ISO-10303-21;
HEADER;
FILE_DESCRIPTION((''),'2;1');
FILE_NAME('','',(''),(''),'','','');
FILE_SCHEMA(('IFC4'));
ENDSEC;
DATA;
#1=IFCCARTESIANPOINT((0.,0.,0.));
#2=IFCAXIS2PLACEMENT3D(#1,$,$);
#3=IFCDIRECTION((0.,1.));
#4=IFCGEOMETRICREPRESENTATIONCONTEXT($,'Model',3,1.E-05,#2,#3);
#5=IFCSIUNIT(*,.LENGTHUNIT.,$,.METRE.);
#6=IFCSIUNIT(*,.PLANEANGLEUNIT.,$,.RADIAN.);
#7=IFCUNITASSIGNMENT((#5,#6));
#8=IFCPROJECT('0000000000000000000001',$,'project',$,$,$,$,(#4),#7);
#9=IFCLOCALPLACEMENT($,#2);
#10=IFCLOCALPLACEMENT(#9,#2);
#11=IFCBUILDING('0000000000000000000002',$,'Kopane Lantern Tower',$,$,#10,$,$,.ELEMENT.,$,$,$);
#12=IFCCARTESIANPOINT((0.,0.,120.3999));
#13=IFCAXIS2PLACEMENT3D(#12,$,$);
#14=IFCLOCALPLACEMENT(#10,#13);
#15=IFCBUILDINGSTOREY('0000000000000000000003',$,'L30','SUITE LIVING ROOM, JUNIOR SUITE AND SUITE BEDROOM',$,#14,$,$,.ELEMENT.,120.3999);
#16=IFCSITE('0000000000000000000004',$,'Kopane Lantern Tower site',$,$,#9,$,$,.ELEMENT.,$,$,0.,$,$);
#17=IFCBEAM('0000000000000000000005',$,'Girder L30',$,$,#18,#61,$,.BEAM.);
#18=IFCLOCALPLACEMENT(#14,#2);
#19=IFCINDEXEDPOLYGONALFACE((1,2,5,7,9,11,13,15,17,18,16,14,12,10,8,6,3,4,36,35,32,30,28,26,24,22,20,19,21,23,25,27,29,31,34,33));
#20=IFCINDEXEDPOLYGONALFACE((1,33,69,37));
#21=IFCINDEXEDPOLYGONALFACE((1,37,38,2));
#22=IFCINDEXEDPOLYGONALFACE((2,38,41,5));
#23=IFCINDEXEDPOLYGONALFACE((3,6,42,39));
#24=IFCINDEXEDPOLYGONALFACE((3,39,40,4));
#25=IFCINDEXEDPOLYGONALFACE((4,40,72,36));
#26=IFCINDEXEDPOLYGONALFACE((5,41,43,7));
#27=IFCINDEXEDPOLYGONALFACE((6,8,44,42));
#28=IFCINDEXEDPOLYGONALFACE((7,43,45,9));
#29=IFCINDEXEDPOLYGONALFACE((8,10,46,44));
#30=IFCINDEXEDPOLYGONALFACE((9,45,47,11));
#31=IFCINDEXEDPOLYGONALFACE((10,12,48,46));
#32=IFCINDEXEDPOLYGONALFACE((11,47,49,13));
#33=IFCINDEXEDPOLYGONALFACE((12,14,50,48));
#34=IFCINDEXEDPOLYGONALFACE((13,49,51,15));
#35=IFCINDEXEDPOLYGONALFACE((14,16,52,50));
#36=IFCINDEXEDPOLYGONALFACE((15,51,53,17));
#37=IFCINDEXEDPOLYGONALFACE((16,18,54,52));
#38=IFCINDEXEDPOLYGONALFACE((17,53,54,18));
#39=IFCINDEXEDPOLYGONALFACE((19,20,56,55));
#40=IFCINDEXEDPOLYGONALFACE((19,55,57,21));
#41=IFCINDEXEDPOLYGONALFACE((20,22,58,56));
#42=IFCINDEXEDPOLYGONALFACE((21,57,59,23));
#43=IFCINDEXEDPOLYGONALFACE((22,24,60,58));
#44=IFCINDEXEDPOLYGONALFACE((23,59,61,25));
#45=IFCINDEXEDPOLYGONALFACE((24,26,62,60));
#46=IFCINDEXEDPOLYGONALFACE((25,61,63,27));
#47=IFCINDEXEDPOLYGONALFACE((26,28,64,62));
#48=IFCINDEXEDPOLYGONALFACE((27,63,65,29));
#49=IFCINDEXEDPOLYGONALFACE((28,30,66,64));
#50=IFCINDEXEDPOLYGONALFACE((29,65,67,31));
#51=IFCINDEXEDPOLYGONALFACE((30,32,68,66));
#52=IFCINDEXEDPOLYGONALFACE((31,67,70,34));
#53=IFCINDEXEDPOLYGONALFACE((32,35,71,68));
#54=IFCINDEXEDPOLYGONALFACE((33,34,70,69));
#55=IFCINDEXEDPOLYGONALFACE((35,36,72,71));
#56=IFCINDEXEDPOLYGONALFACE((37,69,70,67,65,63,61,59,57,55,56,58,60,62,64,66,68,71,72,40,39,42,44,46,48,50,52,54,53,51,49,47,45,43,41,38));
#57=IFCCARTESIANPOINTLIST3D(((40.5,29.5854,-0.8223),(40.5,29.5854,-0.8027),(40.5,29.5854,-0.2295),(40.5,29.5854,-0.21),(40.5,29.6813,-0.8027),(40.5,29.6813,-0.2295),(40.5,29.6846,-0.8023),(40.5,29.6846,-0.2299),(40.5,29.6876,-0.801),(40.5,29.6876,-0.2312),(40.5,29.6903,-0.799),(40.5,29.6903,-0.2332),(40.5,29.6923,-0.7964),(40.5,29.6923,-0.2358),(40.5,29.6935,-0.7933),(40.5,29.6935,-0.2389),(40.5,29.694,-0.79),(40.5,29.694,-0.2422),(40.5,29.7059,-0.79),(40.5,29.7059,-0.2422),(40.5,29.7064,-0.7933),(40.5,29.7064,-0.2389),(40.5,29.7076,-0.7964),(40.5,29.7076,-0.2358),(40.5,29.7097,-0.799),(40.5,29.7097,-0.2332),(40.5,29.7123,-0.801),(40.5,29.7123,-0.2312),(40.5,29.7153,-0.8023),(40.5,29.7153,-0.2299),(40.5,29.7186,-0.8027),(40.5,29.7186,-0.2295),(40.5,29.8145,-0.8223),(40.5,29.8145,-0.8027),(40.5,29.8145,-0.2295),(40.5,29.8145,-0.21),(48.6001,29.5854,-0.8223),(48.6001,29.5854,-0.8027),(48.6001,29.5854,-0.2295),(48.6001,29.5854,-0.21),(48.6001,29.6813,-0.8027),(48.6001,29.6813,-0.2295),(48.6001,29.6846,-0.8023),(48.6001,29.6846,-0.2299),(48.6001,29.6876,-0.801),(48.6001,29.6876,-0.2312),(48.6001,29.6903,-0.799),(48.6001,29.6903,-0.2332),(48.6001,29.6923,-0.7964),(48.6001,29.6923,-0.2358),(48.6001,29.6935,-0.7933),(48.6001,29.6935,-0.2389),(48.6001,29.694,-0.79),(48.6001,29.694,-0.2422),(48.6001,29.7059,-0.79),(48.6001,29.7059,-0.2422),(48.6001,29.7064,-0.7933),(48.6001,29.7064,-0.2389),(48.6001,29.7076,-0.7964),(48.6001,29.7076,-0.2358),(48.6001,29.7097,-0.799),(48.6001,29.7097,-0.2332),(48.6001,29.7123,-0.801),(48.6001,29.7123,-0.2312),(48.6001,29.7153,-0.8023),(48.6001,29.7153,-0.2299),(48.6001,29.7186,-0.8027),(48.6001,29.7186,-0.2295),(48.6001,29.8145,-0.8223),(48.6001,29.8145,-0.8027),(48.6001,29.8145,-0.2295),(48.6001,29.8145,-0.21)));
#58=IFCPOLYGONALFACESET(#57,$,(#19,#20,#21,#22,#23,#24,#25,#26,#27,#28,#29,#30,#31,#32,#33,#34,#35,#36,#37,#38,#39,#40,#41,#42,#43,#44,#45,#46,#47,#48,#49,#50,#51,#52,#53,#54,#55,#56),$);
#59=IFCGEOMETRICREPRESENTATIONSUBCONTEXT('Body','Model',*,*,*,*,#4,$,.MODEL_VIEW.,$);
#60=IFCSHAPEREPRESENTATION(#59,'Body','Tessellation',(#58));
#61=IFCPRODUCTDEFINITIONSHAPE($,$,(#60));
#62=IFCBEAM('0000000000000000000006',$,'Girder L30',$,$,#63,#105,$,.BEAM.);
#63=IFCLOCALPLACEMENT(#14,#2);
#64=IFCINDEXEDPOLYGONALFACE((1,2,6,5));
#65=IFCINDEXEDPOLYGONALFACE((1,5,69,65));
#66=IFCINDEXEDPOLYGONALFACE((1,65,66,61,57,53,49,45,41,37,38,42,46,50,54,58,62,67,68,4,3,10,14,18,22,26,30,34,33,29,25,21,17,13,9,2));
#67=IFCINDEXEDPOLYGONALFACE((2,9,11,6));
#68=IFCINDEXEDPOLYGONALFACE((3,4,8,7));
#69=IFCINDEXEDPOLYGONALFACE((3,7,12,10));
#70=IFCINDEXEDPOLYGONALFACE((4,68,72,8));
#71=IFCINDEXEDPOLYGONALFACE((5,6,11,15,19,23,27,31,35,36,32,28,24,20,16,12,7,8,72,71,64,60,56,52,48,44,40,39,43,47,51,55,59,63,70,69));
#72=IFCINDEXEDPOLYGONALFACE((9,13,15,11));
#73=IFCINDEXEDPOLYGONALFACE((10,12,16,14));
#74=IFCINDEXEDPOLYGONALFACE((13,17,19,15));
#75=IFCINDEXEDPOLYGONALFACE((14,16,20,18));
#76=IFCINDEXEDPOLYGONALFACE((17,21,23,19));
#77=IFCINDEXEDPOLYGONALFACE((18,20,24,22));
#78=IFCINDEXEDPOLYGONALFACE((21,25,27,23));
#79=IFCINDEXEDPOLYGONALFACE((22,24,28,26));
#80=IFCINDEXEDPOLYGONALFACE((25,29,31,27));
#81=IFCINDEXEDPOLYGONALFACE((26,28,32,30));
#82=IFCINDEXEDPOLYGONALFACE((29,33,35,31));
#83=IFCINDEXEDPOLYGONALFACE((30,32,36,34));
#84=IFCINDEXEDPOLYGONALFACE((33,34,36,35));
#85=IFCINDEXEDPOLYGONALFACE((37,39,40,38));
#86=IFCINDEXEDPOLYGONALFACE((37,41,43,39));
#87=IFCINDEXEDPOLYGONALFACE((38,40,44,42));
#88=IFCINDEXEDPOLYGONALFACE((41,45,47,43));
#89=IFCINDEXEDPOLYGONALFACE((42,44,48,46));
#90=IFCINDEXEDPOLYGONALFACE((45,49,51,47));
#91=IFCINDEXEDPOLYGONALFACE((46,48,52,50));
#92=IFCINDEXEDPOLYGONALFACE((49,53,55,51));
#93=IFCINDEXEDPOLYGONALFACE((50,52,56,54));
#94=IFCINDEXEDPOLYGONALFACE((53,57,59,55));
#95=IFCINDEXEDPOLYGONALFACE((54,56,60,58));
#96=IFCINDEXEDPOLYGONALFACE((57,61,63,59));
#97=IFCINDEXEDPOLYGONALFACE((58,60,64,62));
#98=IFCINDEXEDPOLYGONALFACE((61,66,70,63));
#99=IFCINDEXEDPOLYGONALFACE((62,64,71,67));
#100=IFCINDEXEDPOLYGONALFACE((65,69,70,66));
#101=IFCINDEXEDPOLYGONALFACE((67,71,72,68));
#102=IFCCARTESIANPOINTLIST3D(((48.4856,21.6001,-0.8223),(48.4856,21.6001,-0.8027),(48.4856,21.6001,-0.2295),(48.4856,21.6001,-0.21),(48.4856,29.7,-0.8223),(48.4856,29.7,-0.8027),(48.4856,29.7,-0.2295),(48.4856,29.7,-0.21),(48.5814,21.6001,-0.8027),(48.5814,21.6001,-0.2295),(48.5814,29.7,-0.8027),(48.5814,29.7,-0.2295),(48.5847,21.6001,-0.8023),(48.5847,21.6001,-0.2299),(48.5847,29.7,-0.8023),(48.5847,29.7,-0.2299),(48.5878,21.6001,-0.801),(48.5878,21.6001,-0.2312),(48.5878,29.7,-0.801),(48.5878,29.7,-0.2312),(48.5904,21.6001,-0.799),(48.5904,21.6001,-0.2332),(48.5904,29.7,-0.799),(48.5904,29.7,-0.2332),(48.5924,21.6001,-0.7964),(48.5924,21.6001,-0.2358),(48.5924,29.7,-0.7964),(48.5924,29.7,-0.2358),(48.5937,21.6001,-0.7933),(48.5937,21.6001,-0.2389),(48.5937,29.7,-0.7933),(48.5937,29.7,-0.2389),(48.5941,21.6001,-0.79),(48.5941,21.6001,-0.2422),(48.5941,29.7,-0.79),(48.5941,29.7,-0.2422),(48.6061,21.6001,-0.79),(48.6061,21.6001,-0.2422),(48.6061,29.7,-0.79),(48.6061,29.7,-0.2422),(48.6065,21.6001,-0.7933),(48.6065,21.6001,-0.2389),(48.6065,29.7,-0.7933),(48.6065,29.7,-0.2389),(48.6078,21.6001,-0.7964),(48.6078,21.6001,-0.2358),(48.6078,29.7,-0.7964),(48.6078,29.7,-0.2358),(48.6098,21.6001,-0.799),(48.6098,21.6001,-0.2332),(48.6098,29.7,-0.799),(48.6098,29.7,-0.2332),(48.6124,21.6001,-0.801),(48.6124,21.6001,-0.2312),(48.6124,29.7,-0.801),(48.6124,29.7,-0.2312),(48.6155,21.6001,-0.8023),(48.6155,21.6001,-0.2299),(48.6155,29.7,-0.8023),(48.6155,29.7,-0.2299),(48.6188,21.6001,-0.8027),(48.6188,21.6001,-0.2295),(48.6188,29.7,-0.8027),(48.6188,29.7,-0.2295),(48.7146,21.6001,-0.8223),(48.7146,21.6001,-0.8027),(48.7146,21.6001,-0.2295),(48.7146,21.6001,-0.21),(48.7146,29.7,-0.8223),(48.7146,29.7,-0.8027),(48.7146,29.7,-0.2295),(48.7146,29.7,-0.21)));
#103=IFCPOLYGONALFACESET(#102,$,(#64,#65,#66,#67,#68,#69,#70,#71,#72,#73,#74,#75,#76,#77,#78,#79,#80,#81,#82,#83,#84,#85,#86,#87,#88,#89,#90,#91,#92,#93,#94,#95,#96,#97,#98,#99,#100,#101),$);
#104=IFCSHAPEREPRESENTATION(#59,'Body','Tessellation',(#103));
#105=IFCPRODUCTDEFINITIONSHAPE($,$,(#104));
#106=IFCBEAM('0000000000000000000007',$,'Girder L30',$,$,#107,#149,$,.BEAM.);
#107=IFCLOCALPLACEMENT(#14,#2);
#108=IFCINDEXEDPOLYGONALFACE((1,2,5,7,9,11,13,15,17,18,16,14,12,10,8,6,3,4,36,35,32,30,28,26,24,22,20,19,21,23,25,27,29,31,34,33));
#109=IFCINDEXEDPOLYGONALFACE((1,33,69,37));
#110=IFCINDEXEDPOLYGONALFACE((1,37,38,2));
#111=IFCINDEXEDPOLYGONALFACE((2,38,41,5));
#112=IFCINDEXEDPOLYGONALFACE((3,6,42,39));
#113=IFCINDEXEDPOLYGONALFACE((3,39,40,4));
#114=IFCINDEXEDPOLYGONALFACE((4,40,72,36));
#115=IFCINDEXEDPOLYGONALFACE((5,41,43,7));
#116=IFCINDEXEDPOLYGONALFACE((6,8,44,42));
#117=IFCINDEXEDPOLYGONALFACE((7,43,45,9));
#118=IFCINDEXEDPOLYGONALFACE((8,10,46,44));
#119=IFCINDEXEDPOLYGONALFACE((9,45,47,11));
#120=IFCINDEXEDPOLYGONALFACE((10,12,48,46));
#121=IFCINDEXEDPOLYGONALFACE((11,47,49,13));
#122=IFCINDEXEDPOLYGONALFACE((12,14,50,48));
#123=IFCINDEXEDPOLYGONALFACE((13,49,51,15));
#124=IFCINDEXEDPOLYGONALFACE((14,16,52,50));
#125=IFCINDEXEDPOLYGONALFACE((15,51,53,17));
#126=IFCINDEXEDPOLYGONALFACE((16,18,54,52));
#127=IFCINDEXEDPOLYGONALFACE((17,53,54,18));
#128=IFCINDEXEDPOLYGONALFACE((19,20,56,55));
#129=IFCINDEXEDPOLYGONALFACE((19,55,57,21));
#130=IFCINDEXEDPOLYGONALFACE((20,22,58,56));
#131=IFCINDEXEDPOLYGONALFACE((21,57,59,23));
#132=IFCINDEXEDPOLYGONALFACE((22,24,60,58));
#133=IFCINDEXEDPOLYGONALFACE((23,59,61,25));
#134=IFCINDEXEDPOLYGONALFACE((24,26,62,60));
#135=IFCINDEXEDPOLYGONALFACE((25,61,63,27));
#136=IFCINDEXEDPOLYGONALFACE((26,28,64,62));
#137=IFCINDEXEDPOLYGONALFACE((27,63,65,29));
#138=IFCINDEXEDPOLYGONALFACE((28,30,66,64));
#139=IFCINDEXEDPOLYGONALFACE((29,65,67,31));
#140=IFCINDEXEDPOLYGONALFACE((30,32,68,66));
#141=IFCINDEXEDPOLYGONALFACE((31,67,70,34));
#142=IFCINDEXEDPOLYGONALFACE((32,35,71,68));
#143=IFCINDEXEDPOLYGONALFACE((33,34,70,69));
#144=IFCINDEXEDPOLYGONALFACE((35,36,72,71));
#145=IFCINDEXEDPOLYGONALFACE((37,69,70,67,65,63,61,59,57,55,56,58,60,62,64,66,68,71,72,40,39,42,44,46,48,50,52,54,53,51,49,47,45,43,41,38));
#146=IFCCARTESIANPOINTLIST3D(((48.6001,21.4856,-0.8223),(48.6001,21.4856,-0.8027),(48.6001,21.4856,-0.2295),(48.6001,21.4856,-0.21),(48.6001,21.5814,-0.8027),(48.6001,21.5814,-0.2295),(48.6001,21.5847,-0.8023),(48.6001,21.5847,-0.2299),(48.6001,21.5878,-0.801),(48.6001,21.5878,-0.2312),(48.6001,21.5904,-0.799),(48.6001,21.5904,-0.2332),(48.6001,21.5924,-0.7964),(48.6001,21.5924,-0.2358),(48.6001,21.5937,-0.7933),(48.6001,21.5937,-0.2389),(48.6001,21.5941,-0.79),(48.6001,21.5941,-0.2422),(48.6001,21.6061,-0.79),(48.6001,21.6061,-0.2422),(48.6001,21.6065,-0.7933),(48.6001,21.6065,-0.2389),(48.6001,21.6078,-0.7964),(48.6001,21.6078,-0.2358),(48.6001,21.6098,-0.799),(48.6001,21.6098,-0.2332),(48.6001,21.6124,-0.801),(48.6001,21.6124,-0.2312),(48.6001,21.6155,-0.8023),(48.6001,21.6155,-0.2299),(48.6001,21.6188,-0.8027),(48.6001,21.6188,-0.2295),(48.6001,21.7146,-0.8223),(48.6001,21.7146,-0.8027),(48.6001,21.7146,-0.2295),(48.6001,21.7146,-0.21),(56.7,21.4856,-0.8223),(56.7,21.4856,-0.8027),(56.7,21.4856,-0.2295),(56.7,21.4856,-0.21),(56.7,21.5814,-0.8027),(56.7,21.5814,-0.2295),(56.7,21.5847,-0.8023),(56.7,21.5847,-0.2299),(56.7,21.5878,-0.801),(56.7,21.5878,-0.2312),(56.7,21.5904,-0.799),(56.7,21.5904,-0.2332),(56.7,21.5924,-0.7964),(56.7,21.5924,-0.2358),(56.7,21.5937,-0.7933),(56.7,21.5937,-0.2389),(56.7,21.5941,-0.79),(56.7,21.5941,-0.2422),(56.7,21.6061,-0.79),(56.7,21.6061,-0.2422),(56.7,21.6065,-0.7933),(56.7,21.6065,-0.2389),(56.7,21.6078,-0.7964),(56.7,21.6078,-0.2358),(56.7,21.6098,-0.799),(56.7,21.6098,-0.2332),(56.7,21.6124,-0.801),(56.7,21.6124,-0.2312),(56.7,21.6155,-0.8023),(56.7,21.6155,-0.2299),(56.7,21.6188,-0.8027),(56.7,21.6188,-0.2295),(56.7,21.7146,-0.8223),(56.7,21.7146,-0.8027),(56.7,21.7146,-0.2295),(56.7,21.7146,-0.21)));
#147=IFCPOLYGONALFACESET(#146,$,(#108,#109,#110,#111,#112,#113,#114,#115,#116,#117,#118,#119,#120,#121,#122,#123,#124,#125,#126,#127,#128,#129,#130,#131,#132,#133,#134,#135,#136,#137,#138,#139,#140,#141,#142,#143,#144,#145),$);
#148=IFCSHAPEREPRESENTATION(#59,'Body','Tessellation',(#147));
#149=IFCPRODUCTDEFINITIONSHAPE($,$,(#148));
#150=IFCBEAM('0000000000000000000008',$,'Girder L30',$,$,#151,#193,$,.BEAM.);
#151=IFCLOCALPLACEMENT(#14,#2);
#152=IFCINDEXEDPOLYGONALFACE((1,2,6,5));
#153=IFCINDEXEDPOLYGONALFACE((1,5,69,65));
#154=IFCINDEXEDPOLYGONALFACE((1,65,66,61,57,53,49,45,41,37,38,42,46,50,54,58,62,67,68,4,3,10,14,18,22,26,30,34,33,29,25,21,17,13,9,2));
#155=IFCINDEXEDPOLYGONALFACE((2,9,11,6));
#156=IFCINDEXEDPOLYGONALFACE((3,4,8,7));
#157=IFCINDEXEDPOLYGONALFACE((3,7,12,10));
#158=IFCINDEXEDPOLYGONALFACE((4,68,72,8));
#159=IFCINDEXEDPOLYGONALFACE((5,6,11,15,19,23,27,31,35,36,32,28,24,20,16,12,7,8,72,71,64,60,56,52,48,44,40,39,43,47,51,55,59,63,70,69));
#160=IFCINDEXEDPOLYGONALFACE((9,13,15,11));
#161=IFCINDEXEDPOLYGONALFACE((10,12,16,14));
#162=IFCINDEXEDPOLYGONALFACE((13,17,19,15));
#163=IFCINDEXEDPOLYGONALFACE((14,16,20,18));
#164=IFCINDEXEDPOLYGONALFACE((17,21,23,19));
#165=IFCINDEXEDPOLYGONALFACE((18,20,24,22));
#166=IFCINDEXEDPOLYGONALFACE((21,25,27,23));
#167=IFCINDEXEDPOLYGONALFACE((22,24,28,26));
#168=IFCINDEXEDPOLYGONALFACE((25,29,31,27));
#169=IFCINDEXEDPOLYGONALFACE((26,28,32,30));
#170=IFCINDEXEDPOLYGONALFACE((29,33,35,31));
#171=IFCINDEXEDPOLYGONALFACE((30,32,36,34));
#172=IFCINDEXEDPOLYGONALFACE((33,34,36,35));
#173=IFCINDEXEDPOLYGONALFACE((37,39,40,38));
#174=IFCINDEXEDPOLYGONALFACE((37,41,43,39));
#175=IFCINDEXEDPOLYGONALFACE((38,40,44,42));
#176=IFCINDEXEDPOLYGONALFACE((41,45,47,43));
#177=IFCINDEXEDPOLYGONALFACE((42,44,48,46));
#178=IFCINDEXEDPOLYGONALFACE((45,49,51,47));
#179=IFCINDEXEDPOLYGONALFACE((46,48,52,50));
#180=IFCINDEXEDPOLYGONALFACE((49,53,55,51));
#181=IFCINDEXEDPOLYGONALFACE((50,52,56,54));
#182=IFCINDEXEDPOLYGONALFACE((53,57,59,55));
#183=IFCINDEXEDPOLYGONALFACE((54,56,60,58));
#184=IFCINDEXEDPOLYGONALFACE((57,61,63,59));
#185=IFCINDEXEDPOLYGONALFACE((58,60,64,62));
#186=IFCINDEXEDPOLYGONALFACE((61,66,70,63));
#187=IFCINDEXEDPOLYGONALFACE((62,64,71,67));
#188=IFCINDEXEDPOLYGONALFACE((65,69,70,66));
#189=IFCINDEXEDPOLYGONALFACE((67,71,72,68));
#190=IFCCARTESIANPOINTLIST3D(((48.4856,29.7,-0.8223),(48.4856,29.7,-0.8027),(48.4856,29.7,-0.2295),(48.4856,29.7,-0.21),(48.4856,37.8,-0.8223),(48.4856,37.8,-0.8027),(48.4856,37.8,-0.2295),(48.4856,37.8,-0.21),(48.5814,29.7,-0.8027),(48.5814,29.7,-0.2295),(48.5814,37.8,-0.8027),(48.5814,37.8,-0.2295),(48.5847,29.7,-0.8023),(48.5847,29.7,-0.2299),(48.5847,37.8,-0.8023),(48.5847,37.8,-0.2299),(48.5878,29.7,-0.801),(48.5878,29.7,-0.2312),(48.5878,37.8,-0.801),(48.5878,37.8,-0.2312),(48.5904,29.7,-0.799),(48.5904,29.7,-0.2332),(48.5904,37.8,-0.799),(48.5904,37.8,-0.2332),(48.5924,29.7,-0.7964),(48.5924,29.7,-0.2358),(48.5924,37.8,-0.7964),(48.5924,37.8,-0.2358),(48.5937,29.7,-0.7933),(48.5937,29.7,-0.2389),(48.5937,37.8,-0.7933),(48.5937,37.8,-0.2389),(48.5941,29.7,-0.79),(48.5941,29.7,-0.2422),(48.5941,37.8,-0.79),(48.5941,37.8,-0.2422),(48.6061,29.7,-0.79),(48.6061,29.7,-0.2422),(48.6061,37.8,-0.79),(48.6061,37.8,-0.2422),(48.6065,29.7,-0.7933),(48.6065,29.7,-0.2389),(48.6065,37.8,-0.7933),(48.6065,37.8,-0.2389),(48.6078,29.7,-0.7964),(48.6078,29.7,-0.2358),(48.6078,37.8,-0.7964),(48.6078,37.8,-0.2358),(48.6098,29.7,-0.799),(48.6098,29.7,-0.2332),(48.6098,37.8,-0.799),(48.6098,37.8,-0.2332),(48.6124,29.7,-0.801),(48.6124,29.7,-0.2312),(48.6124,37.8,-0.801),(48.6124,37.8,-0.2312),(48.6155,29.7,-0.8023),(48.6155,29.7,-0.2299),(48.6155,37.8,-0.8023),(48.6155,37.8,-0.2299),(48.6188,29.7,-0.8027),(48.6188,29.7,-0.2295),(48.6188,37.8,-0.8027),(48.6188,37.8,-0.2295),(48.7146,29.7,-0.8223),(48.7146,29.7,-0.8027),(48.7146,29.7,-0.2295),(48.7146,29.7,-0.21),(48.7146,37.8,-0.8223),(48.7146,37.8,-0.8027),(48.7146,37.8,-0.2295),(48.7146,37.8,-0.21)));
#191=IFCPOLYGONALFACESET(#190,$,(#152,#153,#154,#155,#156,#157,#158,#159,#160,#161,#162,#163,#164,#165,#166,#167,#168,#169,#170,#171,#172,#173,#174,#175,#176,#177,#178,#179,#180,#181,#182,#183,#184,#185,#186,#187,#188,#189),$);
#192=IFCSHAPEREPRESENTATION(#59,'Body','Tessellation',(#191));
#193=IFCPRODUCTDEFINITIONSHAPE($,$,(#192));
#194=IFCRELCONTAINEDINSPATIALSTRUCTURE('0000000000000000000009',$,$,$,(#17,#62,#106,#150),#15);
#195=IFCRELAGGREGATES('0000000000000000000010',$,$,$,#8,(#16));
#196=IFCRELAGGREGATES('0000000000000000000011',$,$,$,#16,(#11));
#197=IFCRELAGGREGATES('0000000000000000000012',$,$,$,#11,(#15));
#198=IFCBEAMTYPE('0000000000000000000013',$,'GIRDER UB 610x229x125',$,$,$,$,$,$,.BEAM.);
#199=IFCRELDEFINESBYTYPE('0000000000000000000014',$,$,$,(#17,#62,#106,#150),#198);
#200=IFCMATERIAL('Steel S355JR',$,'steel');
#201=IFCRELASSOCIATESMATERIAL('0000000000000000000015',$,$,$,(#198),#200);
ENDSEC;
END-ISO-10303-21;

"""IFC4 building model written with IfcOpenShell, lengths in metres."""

from ifc_helpers import new_model, si_unit, direction, frame, origin, origin_2d, place, context, subcontext, project, spatial, i_section, extrude, material, material_profile, profile_set, type_object, element, save


model = new_model("IFC4")

# Units and contexts
model_context = context("Model", 3, precision=1e-05, world=origin(), true_north=direction((0.0, 1.0)))
body_context = subcontext(model_context, "Body", "Model", "MODEL_VIEW")
ifc_project = project(units=[si_unit("LENGTHUNIT", "METRE"), si_unit("PLANEANGLEUNIT", "RADIAN")], contexts=[model_context])

# Site, building, storey
site_placement = place(None, origin())
site = spatial("IfcSite", under=ifc_project, at=site_placement, Name="Kopane Lantern Tower site", CompositionType="ELEMENT", RefElevation=0.0)
building_placement = place(site_placement, origin())
building = spatial("IfcBuilding", under=site, at=building_placement, Name="Kopane Lantern Tower", CompositionType="ELEMENT")
storey_placement = place(building_placement, frame((0.0, 0.0, 120.3999)))
storey = spatial("IfcBuildingStorey", under=building, at=storey_placement, Name="L30", Description="SUITE LIVING ROOM, JUNIOR SUITE AND SUITE BEDROOM", CompositionType="ELEMENT", Elevation=120.3999)

# Beams
ifc_material_1 = material(Name="Steel S355JR", Category="steel")
ifc_material_profile_1 = material_profile(ifc_material_1, i_section(OverallWidth=0.229, OverallDepth=0.6123, WebThickness=0.012, FlangeThickness=0.0195, FilletRadius=0.0127, at=origin_2d()), Name="UB 610x229x125")
ifc_profile_set_1 = profile_set([ifc_material_profile_1], Name="Steel S355JR")
beam_type = type_object("IfcBeamType", Name="GIRDER UB 610x229x125", PredefinedType="BEAM", material=ifc_profile_set_1)
beam_1_placement = place(storey_placement, frame((40.5, 29.7, -0.5161), z_axis=(1.0, 0.0, 0.0), x_axis=(0.0, 1.0, 0.0)))
element("IfcBeam", 1, at=beam_1_placement, inside=storey, type_object=beam_type, Name="Girder L30", PredefinedType="BEAM", context=body_context, shape_type="SweptSolid", body=[
    extrude(i_section(OverallWidth=0.229, OverallDepth=0.6123, WebThickness=0.012, FlangeThickness=0.0195, FilletRadius=0.0127, at=origin_2d()), origin(), (0.0, 0.0, 1.0), 8.1001),
])
for number, where, z_axis, x_axis, name in (
    (2, (48.6001, 21.6001, -0.5161), (0.0, 1.0, 0.0), (-1.0, 0.0, 0.0), "Girder L30"),
    (3, (48.6001, 21.6001, -0.5161), (1.0, 0.0, 0.0), (0.0, 1.0, 0.0), "Girder L30"),
):
    element("IfcBeam", number, at=place(storey_placement, frame(where, z_axis=z_axis, x_axis=x_axis)), inside=storey, type_object=beam_type, Name=name, PredefinedType="BEAM", context=body_context, shape_type="SweptSolid", body=[
        extrude(i_section(OverallWidth=0.229, OverallDepth=0.6123, WebThickness=0.012, FlangeThickness=0.0195, FilletRadius=0.0127, at=origin_2d()), origin(), (0.0, 0.0, 1.0), 8.0999),
    ])
beam_2_placement = place(storey_placement, frame((48.6001, 29.7, -0.5161), z_axis=(0.0, 1.0, 0.0), x_axis=(-1.0, 0.0, 0.0)))
element("IfcBeam", 4, at=beam_2_placement, inside=storey, type_object=beam_type, Name="Girder L30", PredefinedType="BEAM", context=body_context, shape_type="SweptSolid", body=[
    extrude(i_section(OverallWidth=0.229, OverallDepth=0.6123, WebThickness=0.012, FlangeThickness=0.0195, FilletRadius=0.0127, at=origin_2d()), origin(), (0.0, 0.0, 1.0), 8.1001),
])

save(model, "model.ifc")
